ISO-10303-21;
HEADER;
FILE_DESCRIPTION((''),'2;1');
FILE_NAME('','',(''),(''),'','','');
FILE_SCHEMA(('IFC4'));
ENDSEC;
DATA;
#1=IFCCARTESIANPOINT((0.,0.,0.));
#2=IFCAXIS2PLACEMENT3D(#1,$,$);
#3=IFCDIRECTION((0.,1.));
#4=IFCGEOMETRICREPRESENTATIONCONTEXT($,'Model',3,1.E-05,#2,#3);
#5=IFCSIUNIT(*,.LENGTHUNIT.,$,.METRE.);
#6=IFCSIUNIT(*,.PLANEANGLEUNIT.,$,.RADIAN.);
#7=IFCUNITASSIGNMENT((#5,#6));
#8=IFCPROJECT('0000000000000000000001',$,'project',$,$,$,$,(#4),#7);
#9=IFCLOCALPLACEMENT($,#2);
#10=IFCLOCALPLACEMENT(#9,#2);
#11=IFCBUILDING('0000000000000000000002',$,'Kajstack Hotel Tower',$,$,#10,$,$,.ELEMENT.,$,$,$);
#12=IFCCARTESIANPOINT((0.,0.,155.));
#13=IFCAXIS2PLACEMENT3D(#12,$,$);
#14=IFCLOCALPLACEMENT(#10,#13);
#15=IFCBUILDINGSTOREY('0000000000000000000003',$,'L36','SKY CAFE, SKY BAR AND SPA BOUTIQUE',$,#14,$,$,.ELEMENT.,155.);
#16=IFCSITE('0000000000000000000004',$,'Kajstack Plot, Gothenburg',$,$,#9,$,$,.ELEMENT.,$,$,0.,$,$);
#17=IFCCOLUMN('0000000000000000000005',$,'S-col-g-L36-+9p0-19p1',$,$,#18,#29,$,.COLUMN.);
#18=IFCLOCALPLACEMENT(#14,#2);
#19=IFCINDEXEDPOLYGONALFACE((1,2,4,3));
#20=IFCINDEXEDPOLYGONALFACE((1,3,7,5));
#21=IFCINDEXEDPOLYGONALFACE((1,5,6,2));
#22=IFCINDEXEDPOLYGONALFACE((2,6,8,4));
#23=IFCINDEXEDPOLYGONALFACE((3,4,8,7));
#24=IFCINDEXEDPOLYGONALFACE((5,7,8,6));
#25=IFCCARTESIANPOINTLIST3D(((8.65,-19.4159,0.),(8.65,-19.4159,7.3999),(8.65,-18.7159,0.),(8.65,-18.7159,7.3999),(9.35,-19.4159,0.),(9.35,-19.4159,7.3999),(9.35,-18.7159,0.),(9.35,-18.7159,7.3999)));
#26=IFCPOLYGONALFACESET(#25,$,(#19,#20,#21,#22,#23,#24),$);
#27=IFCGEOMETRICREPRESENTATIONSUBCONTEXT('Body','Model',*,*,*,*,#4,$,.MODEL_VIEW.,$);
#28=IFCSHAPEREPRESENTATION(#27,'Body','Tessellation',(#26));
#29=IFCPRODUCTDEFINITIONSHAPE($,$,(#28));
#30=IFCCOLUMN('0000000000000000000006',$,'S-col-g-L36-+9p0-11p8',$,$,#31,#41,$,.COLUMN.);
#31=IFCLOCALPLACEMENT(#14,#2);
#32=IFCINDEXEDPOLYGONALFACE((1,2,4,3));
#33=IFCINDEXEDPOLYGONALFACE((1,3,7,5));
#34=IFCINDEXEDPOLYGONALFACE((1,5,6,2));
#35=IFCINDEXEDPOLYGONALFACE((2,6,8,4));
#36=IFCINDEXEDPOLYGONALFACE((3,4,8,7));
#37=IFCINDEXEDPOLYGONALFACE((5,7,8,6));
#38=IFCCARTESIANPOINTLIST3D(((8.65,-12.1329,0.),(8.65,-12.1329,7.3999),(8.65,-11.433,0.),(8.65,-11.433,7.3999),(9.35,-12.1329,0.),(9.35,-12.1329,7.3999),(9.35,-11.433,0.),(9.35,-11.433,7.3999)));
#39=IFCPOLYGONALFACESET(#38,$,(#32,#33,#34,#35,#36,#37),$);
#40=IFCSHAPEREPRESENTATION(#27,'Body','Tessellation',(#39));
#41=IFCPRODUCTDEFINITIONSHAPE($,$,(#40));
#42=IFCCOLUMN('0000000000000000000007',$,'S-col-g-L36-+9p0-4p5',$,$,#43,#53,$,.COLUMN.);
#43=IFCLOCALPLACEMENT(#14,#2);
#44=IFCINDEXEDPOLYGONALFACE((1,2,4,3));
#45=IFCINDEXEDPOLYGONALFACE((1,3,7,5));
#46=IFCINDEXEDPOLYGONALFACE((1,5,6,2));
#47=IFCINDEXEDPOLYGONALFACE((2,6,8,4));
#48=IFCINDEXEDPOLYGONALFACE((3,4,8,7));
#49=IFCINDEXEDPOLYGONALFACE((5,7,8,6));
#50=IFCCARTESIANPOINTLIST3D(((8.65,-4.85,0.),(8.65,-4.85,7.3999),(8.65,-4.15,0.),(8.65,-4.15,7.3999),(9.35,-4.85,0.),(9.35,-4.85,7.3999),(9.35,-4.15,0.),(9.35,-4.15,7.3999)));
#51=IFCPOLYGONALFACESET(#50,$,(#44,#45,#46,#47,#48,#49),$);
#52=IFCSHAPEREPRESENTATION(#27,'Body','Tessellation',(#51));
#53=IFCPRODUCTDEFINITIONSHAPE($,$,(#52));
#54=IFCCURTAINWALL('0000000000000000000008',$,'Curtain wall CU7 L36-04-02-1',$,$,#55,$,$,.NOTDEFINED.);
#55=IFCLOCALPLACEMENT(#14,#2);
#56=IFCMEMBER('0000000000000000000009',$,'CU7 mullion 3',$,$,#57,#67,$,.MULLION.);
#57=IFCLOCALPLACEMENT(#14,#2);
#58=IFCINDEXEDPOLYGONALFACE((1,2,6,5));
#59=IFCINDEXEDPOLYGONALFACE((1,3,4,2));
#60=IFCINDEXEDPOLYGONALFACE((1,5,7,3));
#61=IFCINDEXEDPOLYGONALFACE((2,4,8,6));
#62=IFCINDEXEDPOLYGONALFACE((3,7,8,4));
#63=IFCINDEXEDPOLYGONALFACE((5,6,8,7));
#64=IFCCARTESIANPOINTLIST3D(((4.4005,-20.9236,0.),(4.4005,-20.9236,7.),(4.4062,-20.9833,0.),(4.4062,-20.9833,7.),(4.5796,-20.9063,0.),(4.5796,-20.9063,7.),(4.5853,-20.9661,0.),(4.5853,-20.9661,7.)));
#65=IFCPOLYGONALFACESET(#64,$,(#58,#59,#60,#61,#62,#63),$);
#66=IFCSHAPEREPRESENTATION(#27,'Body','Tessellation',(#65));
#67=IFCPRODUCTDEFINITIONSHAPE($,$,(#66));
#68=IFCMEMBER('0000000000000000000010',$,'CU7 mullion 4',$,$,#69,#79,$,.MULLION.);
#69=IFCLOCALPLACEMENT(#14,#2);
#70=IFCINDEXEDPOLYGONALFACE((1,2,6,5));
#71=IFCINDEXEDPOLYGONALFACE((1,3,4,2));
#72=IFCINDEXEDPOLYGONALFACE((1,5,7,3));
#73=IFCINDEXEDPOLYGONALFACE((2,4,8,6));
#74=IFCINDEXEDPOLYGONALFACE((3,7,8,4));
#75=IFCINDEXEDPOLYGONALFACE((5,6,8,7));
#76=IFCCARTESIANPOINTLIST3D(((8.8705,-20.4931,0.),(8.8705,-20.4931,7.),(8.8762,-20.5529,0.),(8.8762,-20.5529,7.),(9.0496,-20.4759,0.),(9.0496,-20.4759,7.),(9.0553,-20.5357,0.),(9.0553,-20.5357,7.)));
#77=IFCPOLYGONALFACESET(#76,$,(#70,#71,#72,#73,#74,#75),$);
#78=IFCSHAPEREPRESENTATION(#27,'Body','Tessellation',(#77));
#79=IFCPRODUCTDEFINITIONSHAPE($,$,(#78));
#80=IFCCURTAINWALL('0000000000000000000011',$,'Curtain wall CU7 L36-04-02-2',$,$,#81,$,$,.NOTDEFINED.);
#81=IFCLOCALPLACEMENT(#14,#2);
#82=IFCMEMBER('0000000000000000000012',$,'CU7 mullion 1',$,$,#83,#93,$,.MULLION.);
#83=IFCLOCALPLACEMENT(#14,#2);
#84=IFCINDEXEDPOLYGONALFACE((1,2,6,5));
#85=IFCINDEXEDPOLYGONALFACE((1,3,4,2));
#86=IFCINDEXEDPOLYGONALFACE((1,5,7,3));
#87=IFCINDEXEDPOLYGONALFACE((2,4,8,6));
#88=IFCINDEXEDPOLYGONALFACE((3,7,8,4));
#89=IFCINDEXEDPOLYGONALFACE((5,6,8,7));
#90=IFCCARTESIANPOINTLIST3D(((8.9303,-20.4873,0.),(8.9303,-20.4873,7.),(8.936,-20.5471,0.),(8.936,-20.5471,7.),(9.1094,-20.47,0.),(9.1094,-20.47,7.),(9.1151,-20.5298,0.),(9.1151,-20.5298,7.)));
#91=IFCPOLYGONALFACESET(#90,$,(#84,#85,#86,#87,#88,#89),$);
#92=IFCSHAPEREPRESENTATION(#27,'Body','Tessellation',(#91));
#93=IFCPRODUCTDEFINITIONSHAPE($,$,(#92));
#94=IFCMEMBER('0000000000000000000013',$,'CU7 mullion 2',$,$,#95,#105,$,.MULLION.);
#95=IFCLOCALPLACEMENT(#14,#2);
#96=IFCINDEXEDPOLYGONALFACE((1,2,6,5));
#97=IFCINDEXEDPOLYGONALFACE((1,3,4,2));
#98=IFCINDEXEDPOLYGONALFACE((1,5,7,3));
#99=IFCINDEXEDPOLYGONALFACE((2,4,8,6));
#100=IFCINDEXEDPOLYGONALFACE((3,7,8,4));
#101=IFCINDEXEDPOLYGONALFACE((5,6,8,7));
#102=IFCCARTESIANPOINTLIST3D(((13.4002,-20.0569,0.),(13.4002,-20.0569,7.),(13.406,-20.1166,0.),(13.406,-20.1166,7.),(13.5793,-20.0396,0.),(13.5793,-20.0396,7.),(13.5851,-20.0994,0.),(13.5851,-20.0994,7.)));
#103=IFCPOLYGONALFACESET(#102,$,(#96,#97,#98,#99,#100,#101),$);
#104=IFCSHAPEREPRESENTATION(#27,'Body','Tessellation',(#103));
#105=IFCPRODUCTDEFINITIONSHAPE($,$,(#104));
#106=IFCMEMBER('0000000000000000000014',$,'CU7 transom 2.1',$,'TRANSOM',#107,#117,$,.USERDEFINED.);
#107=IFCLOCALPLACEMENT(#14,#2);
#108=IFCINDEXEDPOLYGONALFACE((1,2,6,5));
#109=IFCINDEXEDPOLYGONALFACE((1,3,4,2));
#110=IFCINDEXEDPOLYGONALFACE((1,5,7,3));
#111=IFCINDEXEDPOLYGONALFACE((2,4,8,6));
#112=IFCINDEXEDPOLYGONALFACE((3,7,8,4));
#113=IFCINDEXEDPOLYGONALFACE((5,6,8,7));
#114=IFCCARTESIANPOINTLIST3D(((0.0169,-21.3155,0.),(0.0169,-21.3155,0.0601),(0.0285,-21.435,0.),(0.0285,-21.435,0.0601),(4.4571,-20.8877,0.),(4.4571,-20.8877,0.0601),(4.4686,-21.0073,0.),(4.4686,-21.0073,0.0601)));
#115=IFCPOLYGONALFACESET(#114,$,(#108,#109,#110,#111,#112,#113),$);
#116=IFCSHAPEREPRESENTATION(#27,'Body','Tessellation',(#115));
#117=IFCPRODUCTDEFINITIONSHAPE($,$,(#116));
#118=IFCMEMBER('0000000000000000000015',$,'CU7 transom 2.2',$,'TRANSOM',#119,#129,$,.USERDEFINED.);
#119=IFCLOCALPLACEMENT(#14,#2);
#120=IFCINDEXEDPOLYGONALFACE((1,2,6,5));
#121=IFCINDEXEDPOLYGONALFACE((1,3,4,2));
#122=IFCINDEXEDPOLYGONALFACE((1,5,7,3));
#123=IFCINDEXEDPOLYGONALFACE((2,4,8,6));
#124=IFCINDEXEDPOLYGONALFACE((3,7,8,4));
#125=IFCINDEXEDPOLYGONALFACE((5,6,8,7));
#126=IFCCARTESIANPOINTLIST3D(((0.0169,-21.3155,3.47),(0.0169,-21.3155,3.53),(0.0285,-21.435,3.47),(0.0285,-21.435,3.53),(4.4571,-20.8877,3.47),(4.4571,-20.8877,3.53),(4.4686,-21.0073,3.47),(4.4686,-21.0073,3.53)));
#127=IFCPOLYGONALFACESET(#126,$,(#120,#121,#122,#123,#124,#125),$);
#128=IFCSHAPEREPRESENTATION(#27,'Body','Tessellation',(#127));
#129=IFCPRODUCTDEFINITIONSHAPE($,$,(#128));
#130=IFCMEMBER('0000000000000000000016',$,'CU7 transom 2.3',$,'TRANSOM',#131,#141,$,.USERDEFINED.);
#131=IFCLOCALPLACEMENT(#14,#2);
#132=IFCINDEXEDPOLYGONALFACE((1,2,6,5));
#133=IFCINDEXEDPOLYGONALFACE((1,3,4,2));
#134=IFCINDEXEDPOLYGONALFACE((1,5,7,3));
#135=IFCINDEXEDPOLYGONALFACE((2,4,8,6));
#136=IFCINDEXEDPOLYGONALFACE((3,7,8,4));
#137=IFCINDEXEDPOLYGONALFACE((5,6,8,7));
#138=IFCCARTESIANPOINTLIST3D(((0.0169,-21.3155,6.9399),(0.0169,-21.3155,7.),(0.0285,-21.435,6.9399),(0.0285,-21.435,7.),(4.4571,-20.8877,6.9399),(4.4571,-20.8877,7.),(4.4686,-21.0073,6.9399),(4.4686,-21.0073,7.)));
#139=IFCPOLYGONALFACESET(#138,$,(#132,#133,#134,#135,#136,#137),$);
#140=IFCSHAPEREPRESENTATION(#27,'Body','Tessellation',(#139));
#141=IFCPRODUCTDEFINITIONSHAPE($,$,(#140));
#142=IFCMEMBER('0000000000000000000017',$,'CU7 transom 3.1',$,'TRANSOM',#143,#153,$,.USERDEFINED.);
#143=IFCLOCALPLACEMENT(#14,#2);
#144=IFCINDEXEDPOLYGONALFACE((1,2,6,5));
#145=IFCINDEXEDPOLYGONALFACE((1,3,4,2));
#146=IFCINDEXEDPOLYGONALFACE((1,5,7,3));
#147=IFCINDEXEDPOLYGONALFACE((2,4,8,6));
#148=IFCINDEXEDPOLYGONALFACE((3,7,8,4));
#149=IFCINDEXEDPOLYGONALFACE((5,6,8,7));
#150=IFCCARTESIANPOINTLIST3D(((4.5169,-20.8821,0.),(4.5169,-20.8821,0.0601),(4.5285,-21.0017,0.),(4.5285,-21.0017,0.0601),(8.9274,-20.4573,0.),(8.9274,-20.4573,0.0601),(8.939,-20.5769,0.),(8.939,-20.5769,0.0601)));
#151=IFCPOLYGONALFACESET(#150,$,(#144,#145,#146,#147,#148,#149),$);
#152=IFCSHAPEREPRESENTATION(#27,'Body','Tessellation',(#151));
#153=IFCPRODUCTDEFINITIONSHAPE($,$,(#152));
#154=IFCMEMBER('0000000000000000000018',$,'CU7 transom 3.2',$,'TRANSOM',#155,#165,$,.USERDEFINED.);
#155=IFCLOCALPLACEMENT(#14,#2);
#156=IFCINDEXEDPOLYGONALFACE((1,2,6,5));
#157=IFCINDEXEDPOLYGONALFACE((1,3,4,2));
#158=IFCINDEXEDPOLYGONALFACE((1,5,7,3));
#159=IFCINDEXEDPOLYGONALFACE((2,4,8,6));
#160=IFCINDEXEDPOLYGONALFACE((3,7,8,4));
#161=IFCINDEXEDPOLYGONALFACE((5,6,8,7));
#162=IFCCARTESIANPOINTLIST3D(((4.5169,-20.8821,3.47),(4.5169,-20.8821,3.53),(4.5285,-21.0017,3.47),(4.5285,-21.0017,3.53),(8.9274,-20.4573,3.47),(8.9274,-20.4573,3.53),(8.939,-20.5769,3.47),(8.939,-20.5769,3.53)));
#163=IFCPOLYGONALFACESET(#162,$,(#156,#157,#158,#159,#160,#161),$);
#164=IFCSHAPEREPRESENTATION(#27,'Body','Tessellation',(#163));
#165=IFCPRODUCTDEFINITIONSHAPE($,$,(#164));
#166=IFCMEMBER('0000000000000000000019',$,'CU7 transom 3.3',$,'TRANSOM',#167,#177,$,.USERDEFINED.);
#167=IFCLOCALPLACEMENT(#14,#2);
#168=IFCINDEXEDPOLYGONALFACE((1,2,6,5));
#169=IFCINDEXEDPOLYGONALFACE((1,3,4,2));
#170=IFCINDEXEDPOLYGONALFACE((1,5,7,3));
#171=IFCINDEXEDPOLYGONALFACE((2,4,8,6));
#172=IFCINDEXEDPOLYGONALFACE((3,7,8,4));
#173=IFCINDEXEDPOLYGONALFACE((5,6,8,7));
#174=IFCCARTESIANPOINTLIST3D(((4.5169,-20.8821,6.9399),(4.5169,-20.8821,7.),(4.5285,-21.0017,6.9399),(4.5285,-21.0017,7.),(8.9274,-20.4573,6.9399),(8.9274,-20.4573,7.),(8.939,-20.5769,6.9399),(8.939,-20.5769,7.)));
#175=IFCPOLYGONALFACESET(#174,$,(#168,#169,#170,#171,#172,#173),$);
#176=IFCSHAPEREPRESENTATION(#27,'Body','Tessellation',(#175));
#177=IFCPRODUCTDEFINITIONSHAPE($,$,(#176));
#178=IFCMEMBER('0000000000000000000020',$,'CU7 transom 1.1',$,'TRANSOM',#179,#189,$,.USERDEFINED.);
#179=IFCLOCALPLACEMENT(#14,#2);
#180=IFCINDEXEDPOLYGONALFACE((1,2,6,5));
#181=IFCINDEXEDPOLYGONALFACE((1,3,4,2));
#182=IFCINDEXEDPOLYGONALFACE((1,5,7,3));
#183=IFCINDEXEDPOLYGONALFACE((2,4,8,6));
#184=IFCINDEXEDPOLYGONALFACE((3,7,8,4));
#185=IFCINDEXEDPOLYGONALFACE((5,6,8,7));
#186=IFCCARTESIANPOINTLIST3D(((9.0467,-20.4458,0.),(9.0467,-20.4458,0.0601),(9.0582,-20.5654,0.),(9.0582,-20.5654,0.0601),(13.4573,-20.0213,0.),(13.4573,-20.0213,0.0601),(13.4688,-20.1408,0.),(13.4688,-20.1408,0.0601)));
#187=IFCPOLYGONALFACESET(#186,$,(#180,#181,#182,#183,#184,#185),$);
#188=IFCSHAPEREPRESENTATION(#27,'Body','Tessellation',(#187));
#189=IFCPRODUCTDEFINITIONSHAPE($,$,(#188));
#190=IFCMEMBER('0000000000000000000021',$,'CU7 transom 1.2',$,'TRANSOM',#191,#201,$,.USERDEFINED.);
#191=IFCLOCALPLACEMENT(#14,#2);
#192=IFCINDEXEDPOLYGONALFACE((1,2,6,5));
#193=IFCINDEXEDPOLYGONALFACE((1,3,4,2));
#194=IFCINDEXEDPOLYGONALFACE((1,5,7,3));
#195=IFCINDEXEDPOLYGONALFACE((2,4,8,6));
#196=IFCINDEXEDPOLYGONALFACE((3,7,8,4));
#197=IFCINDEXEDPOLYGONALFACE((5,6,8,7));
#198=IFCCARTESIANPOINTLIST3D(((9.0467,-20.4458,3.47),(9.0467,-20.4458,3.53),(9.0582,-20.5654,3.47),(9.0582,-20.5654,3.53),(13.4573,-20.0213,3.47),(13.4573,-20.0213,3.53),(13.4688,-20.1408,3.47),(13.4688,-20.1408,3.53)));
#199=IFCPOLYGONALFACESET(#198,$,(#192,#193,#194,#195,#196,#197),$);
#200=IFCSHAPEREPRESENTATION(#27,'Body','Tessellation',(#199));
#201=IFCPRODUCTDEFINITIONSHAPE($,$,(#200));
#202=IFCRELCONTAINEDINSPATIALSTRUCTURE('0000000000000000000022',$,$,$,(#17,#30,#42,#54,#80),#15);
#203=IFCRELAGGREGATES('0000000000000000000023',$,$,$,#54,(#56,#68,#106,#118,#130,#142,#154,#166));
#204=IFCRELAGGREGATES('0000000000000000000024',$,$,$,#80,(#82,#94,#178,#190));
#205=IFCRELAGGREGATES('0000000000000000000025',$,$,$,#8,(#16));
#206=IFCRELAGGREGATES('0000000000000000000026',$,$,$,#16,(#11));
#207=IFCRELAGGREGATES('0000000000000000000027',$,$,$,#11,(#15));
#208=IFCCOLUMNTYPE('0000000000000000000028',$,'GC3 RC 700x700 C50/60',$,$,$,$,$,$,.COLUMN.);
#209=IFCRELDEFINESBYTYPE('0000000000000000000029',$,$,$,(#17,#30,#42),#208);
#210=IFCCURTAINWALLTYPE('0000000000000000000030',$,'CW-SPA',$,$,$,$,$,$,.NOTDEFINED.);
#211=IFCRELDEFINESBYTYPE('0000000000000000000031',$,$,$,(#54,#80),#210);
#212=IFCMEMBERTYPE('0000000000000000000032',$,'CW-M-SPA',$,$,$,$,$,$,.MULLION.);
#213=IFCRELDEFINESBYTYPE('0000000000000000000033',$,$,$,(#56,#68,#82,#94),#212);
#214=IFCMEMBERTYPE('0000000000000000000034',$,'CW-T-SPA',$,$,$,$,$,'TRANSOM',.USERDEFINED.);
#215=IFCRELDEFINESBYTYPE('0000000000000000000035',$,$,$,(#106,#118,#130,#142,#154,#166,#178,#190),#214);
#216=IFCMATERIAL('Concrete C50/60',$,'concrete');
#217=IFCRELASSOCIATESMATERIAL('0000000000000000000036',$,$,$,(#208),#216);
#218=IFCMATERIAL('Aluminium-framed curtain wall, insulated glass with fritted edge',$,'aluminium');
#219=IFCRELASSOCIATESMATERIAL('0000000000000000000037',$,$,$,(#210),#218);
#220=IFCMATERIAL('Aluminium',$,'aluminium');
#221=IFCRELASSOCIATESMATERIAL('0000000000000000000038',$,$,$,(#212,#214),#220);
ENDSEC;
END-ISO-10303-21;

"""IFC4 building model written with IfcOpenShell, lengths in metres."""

from ifc_helpers import new_model, si_unit, direction, frame, origin, origin_2d, place, context, subcontext, project, spatial, rectangle, extrude, material, material_profile, profile_set, type_object, element, aggregate, save


model = new_model("IFC4")

# Units and contexts
model_context = context("Model", 3, precision=1e-05, world=origin(), true_north=direction((0.0, 1.0)))
body_context = subcontext(model_context, "Body", "Model", "MODEL_VIEW")
ifc_project = project(units=[si_unit("LENGTHUNIT", "METRE"), si_unit("PLANEANGLEUNIT", "RADIAN")], contexts=[model_context])

# Site, building, storey
site_placement = place(None, origin())
site = spatial("IfcSite", under=ifc_project, at=site_placement, Name="Kajstack Plot, Gothenburg", CompositionType="ELEMENT", RefElevation=0.0)
building_placement = place(site_placement, origin())
building = spatial("IfcBuilding", under=site, at=building_placement, Name="Kajstack Hotel Tower", CompositionType="ELEMENT")
storey_placement = place(building_placement, frame((0.0, 0.0, 155.0)))
storey = spatial("IfcBuildingStorey", under=building, at=storey_placement, Name="L36", Description="SKY CAFE, SKY BAR AND SPA BOUTIQUE", CompositionType="ELEMENT", Elevation=155.0)

# Columns
ifc_material_1 = material(Name="Concrete C50/60", Category="concrete")
ifc_material_profile_1 = material_profile(ifc_material_1, rectangle(XDim=0.7, YDim=0.7, at=origin_2d()), Name="RC 700x700")
ifc_profile_set_1 = profile_set([ifc_material_profile_1], Name="Concrete C50/60")
column_type = type_object("IfcColumnType", Name="GC3 RC 700x700 C50/60", PredefinedType="COLUMN", material=ifc_profile_set_1)
for number, where, z_axis, x_axis, name in (
    (1, (9.0, -19.0659, 0.0), (0.0, 0.0, 1.0), (1.0, 0.0, 0.0), "S-col-g-L36-+9p0-19p1"),
    (2, (9.0, -11.783, 0.0), (0.0, 0.0, 1.0), (1.0, 0.0, 0.0), "S-col-g-L36-+9p0-11p8"),
    (3, (9.0, -4.5, 0.0), (0.0, 0.0, 1.0), (1.0, 0.0, 0.0), "S-col-g-L36-+9p0-4p5"),
):
    element("IfcColumn", number, at=place(storey_placement, frame(where, z_axis=z_axis, x_axis=x_axis)), inside=storey, type_object=column_type, Name=name, PredefinedType="COLUMN", context=body_context, shape_type="SweptSolid", body=[
        extrude(rectangle(XDim=0.7, YDim=0.7, at=origin_2d()), origin(), (0.0, 0.0, 1.0), 7.3999),
    ])

# Curtain walls, members
ifc_material_2 = material(Name="Aluminium-framed curtain wall, insulated glass with fritted edge", Category="aluminium")
curtain_wall_type = type_object("IfcCurtainWallType", Name="CW-SPA", PredefinedType="NOTDEFINED", material=ifc_material_2)
curtain_wall_1_placement = place(storey_placement, origin())
curtain_wall_1 = element("IfcCurtainWall", 4, at=curtain_wall_1_placement, inside=storey, type_object=curtain_wall_type, Name="Curtain wall CU7 L36-04-02-1", PredefinedType="NOTDEFINED")
ifc_material_3 = material(Name="Aluminium", Category="aluminium")
ifc_material_profile_2 = material_profile(ifc_material_3, rectangle(XDim=0.0601, YDim=0.1799, at=origin_2d()), Name="Aluminium mullion 60 x 180")
ifc_profile_set_2 = profile_set([ifc_material_profile_2], Name="Aluminium")
member_type_1 = type_object("IfcMemberType", Name="CW-M-SPA", PredefinedType="MULLION", material=ifc_profile_set_2)
member_1_placement = place(storey_placement, frame((4.4929, -20.9448, 0.0), z_axis=(0.0, 0.0, 1.0), x_axis=(-0.095845, 0.995396, 0.0)))
member_1 = element("IfcMember", 5, at=member_1_placement, type_object=member_type_1, Name="CU7 mullion 3", PredefinedType="MULLION", context=body_context, shape_type="SweptSolid", body=[
    extrude(rectangle(XDim=0.0601, YDim=0.1799, at=origin_2d()), origin(), (0.0, 0.0, 1.0), 7.0),
])
member_2_placement = place(storey_placement, frame((8.9629, -20.5144, 0.0), z_axis=(0.0, 0.0, 1.0), x_axis=(-0.095845, 0.995396, 0.0)))
member_2 = element("IfcMember", 6, at=member_2_placement, type_object=member_type_1, Name="CU7 mullion 4", PredefinedType="MULLION", context=body_context, shape_type="SweptSolid", body=[
    extrude(rectangle(XDim=0.0601, YDim=0.1799, at=origin_2d()), origin(), (0.0, 0.0, 1.0), 7.0),
])
curtain_wall_2_placement = place(storey_placement, origin())
curtain_wall_2 = element("IfcCurtainWall", 7, at=curtain_wall_2_placement, inside=storey, type_object=curtain_wall_type, Name="Curtain wall CU7 L36-04-02-2", PredefinedType="NOTDEFINED")
member_3_placement = place(storey_placement, frame((9.0227, -20.5085, 0.0), z_axis=(0.0, 0.0, 1.0), x_axis=(-0.095845, 0.995396, 0.0)))
member_3 = element("IfcMember", 8, at=member_3_placement, type_object=member_type_1, Name="CU7 mullion 1", PredefinedType="MULLION", context=body_context, shape_type="SweptSolid", body=[
    extrude(rectangle(XDim=0.0601, YDim=0.1799, at=origin_2d()), origin(), (0.0, 0.0, 1.0), 7.0),
])
member_4_placement = place(storey_placement, frame((13.4927, -20.0781, 0.0), z_axis=(0.0, 0.0, 1.0), x_axis=(-0.095845, 0.995396, 0.0)))
member_4 = element("IfcMember", 9, at=member_4_placement, type_object=member_type_1, Name="CU7 mullion 2", PredefinedType="MULLION", context=body_context, shape_type="SweptSolid", body=[
    extrude(rectangle(XDim=0.0601, YDim=0.1799, at=origin_2d()), origin(), (0.0, 0.0, 1.0), 7.0),
])

# Members
ifc_material_profile_3 = material_profile(ifc_material_3, rectangle(XDim=0.1201, YDim=0.0601, at=origin_2d()), Name="Aluminium transom 120 x 60")
ifc_profile_set_3 = profile_set([ifc_material_profile_3], Name="Aluminium")
member_type_2 = type_object("IfcMemberType", Name="CW-T-SPA", ElementType="TRANSOM", PredefinedType="USERDEFINED", material=ifc_profile_set_3)
member_5_placement = place(storey_placement, frame((0.0227, -21.3752, 0.03), z_axis=(0.995392, 0.095889, 0.0), x_axis=(-0.095889, 0.995392, 0.0)))
member_5 = element("IfcMember", 10, at=member_5_placement, type_object=member_type_2, Name="CU7 transom 2.1", ObjectType="TRANSOM", PredefinedType="USERDEFINED", context=body_context, shape_type="SweptSolid", body=[
    extrude(rectangle(XDim=0.1201, YDim=0.0601, at=origin_2d()), origin(), (0.0, 0.0, 1.0), 4.4607),
])
member_6_placement = place(storey_placement, frame((0.0227, -21.3752, 3.5), z_axis=(0.995392, 0.095889, 0.0), x_axis=(-0.095889, 0.995392, 0.0)))
member_6 = element("IfcMember", 11, at=member_6_placement, type_object=member_type_2, Name="CU7 transom 2.2", ObjectType="TRANSOM", PredefinedType="USERDEFINED", context=body_context, shape_type="SweptSolid", body=[
    extrude(rectangle(XDim=0.1201, YDim=0.0601, at=origin_2d()), origin(), (0.0, 0.0, 1.0), 4.4607),
])
member_7_placement = place(storey_placement, frame((0.0227, -21.3752, 6.97), z_axis=(0.995392, 0.095889, 0.0), x_axis=(-0.095889, 0.995392, 0.0)))
member_7 = element("IfcMember", 12, at=member_7_placement, type_object=member_type_2, Name="CU7 transom 2.3", ObjectType="TRANSOM", PredefinedType="USERDEFINED", context=body_context, shape_type="SweptSolid", body=[
    extrude(rectangle(XDim=0.1201, YDim=0.0601, at=origin_2d()), origin(), (0.0, 0.0, 1.0), 4.4607),
])
member_8_placement = place(storey_placement, frame((4.5227, -20.9419, 0.03), z_axis=(0.995393, 0.095875, 0.0), x_axis=(-0.095875, 0.995393, 0.0)))
member_8 = element("IfcMember", 13, at=member_8_placement, type_object=member_type_2, Name="CU7 transom 3.1", ObjectType="TRANSOM", PredefinedType="USERDEFINED", context=body_context, shape_type="SweptSolid", body=[
    extrude(rectangle(XDim=0.1201, YDim=0.0601, at=origin_2d()), origin(), (0.0, 0.0, 1.0), 4.4309),
])
member_9_placement = place(storey_placement, frame((4.5227, -20.9419, 3.5), z_axis=(0.995393, 0.095875, 0.0), x_axis=(-0.095875, 0.995393, 0.0)))
member_9 = element("IfcMember", 14, at=member_9_placement, type_object=member_type_2, Name="CU7 transom 3.2", ObjectType="TRANSOM", PredefinedType="USERDEFINED", context=body_context, shape_type="SweptSolid", body=[
    extrude(rectangle(XDim=0.1201, YDim=0.0601, at=origin_2d()), origin(), (0.0, 0.0, 1.0), 4.4309),
])
member_10_placement = place(storey_placement, frame((4.5227, -20.9419, 6.97), z_axis=(0.995393, 0.095875, 0.0), x_axis=(-0.095875, 0.995393, 0.0)))
member_10 = element("IfcMember", 15, at=member_10_placement, type_object=member_type_2, Name="CU7 transom 3.3", ObjectType="TRANSOM", PredefinedType="USERDEFINED", context=body_context, shape_type="SweptSolid", body=[
    extrude(rectangle(XDim=0.1201, YDim=0.0601, at=origin_2d()), origin(), (0.0, 0.0, 1.0), 4.4309),
])
member_11_placement = place(storey_placement, frame((9.0525, -20.5056, 0.03), z_axis=(0.995399, 0.095821, 0.0), x_axis=(-0.095821, 0.995399, 0.0)))
member_11 = element("IfcMember", 16, at=member_11_placement, type_object=member_type_2, Name="CU7 transom 1.1", ObjectType="TRANSOM", PredefinedType="USERDEFINED", context=body_context, shape_type="SweptSolid", body=[
    extrude(rectangle(XDim=0.1201, YDim=0.0601, at=origin_2d()), origin(), (0.0, 0.0, 1.0), 4.4309),
])
member_12_placement = place(storey_placement, frame((9.0525, -20.5056, 3.5), z_axis=(0.995399, 0.095821, 0.0), x_axis=(-0.095821, 0.995399, 0.0)))
member_12 = element("IfcMember", 17, at=member_12_placement, type_object=member_type_2, Name="CU7 transom 1.2", ObjectType="TRANSOM", PredefinedType="USERDEFINED", context=body_context, shape_type="SweptSolid", body=[
    extrude(rectangle(XDim=0.1201, YDim=0.0601, at=origin_2d()), origin(), (0.0, 0.0, 1.0), 4.4309),
])

aggregate(curtain_wall_1, [member_1, member_2, member_5, member_6, member_7, member_8, member_9, member_10])
aggregate(curtain_wall_2, [member_3, member_4, member_11, member_12])

save(model, "model.ifc")
